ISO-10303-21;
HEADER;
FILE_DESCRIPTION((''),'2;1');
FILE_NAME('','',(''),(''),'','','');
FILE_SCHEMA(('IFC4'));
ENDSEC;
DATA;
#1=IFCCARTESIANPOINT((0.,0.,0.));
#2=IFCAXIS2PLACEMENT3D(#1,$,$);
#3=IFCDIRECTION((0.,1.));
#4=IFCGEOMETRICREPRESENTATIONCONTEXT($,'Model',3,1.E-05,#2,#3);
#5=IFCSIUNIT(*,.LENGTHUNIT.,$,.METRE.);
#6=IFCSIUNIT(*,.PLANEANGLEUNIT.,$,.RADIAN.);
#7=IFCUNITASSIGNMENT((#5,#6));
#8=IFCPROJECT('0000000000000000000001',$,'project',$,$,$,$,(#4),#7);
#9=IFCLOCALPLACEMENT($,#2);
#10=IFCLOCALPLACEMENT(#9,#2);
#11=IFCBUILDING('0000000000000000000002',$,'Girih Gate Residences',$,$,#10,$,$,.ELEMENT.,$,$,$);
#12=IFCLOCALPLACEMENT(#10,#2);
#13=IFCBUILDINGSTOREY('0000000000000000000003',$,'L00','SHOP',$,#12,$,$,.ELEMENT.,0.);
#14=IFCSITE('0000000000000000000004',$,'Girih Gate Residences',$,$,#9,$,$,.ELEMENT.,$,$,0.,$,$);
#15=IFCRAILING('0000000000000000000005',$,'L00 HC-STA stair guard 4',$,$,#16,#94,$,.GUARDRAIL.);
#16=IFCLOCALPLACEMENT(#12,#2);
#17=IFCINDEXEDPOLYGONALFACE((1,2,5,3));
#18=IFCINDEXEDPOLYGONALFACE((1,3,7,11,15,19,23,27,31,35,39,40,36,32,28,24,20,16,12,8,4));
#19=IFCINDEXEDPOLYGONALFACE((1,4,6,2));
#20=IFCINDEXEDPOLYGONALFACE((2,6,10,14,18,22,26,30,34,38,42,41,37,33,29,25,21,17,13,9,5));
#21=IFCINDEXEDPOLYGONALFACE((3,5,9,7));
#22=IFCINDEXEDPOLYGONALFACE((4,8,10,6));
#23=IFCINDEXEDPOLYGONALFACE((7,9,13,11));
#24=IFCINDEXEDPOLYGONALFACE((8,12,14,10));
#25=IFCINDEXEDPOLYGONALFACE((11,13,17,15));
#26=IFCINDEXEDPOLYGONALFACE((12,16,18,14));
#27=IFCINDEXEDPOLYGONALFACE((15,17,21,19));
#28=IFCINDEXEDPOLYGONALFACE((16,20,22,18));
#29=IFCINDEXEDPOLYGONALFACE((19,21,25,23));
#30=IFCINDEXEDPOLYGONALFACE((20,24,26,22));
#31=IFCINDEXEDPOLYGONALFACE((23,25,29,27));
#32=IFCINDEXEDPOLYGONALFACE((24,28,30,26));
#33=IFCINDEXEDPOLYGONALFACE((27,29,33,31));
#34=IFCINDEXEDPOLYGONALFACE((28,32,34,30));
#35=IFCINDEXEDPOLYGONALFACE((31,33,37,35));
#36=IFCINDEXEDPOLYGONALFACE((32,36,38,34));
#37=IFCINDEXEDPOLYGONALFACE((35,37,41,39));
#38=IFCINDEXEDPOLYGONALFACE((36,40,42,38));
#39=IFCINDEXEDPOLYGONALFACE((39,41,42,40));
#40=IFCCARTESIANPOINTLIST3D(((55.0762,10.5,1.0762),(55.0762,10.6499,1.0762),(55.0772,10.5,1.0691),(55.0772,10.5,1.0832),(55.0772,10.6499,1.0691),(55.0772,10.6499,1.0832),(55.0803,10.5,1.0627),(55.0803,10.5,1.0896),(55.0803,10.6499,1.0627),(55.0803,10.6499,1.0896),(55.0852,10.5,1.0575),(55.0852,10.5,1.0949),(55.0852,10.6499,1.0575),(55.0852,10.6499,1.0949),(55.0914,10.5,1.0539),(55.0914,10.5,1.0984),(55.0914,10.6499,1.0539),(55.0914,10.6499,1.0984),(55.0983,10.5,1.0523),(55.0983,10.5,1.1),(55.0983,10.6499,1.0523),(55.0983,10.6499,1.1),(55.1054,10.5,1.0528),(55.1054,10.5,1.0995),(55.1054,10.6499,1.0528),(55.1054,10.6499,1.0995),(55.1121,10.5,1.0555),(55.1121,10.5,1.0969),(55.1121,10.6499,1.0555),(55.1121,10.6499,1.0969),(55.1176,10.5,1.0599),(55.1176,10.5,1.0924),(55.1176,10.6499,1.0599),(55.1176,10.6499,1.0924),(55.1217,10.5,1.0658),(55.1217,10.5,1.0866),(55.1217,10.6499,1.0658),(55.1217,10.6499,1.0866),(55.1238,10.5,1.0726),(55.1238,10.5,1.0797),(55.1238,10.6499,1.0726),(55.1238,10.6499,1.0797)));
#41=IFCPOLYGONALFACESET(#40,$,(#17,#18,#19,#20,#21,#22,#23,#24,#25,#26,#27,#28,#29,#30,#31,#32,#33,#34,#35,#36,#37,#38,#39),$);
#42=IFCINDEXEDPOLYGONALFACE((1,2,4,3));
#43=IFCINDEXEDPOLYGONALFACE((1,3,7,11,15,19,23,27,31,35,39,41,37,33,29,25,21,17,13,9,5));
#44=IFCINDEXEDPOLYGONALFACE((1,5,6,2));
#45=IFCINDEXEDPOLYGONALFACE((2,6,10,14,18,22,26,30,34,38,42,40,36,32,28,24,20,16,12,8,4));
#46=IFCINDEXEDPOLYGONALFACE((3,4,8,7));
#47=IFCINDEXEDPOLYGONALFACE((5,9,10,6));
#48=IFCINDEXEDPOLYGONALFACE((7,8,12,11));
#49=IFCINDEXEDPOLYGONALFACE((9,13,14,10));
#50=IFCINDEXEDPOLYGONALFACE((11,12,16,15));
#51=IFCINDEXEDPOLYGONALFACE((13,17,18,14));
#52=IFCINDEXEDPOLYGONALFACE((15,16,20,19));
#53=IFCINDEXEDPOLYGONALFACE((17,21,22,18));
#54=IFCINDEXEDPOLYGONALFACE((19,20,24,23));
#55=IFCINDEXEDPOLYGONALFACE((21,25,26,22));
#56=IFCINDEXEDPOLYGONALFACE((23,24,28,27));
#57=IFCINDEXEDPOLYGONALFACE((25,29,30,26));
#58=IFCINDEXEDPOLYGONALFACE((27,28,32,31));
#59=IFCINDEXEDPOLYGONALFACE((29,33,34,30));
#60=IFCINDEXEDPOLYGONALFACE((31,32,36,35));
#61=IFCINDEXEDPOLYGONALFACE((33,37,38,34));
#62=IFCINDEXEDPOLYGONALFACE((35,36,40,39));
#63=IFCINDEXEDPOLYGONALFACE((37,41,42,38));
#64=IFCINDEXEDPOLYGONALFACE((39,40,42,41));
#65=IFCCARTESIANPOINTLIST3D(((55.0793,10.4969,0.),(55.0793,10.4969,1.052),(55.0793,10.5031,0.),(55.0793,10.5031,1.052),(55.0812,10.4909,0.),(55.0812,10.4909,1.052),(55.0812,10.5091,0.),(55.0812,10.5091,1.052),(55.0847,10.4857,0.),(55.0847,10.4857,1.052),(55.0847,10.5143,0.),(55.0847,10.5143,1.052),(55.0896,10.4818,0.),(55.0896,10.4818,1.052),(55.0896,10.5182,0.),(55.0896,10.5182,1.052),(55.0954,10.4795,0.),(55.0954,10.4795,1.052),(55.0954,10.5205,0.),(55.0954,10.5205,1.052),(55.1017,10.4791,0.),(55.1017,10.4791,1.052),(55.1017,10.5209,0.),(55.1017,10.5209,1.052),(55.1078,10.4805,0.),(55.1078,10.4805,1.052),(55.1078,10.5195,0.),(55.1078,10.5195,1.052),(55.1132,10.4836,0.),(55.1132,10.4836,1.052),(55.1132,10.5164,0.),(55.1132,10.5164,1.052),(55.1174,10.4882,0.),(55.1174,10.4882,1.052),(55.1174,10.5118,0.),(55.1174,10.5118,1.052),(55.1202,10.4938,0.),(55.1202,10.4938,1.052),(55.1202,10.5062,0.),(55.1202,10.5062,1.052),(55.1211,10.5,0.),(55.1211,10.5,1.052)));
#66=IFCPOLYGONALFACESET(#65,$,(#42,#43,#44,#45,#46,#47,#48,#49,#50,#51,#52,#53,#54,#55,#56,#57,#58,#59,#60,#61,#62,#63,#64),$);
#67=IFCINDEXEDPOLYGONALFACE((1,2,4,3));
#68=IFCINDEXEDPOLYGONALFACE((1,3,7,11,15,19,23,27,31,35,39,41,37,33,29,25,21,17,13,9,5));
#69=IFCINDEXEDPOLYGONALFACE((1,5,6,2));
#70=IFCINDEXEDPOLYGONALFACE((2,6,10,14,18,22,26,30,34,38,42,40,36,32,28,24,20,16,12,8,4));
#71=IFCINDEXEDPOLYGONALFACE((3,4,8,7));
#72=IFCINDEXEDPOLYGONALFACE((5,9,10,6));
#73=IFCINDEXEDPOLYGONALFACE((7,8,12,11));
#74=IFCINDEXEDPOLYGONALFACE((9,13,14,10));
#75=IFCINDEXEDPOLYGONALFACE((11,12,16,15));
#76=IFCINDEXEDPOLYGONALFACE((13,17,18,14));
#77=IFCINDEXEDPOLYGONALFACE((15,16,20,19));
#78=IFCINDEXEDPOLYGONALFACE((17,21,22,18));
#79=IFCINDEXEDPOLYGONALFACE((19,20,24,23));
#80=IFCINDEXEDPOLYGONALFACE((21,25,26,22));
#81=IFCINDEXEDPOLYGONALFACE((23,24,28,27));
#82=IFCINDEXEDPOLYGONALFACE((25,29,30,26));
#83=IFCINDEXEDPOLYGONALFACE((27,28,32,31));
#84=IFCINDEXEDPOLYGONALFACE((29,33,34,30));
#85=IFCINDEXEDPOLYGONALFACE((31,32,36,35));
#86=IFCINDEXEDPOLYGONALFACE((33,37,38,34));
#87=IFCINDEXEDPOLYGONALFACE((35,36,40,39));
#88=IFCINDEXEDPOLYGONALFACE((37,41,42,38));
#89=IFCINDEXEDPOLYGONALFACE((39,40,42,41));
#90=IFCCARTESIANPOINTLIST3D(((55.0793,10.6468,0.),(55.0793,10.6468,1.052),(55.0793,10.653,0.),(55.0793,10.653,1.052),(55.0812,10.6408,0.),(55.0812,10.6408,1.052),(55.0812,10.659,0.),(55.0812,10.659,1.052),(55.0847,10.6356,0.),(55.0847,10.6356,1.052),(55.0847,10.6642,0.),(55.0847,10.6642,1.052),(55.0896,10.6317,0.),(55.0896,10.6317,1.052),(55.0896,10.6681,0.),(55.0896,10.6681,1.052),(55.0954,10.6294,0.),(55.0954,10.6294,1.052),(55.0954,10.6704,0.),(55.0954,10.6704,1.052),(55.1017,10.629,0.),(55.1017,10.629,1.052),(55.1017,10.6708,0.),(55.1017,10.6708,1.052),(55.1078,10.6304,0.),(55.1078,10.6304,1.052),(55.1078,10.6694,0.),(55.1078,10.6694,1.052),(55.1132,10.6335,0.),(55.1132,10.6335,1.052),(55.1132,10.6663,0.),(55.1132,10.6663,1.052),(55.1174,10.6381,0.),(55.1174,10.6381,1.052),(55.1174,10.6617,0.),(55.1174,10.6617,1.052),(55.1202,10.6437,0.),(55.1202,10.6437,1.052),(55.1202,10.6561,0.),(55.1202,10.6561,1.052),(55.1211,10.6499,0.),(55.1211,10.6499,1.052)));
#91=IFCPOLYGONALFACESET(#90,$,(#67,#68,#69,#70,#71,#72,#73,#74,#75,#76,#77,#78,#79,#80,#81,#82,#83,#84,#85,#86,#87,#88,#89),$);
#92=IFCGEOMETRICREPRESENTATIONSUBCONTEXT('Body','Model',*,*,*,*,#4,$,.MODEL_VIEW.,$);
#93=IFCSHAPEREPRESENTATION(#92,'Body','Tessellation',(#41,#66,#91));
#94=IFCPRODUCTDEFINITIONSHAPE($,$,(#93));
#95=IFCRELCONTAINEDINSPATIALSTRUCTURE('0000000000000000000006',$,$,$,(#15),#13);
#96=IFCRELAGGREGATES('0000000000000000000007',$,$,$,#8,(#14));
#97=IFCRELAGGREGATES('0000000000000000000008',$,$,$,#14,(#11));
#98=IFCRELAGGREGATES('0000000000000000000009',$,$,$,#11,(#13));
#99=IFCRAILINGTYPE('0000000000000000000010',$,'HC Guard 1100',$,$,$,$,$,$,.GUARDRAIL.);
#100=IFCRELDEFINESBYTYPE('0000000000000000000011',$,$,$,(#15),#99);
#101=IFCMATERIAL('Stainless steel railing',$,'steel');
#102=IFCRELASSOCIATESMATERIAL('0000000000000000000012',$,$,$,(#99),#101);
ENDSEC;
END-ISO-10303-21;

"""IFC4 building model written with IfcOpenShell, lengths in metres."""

from ifc_helpers import new_model, si_unit, direction, frame, origin, origin_2d, place, context, subcontext, project, spatial, circle, extrude, material, type_object, element, save


model = new_model("IFC4")

# Units and contexts
model_context = context("Model", 3, precision=1e-05, world=origin(), true_north=direction((0.0, 1.0)))
body_context = subcontext(model_context, "Body", "Model", "MODEL_VIEW")
ifc_project = project(units=[si_unit("LENGTHUNIT", "METRE"), si_unit("PLANEANGLEUNIT", "RADIAN")], contexts=[model_context])

# Site, building, storey
site_placement = place(None, origin())
site = spatial("IfcSite", under=ifc_project, at=site_placement, Name="Girih Gate Residences", CompositionType="ELEMENT", RefElevation=0.0)
building_placement = place(site_placement, origin())
building = spatial("IfcBuilding", under=site, at=building_placement, Name="Girih Gate Residences", CompositionType="ELEMENT")
storey_placement = place(building_placement, origin())
storey = spatial("IfcBuildingStorey", under=building, at=storey_placement, Name="L00", Description="SHOP", CompositionType="ELEMENT", Elevation=0.0)

# Railing
ifc_material_1 = material(Name="Stainless steel railing", Category="steel")
railing_type_1 = type_object("IfcRailingType", Name="HC Guard 1100", PredefinedType="GUARDRAIL", material=ifc_material_1)
railing_1_placement = place(storey_placement, frame((55.1001, 10.5, 0.0)))
element("IfcRailing", 1, at=railing_1_placement, inside=storey, type_object=railing_type_1, Name="L00 HC-STA stair guard 4", PredefinedType="GUARDRAIL", context=body_context, shape_type="SweptSolid", body=[
    extrude(circle(Radius=0.0239, at=origin_2d()), frame((0.0, 0.0, 1.0762), z_axis=(0.0, 1.0, 0.0), x_axis=(-1.0, 0.0, 0.0)), (0.0, 0.0, 1.0), 0.1499),
    extrude(circle(Radius=0.021, at=origin_2d()), origin(), (0.0, 0.0, 1.0), 1.052),
    extrude(circle(Radius=0.021, at=origin_2d()), frame((0.0, 0.1499, 0.0)), (0.0, 0.0, 1.0), 1.052),
])

save(model, "model.ifc")
